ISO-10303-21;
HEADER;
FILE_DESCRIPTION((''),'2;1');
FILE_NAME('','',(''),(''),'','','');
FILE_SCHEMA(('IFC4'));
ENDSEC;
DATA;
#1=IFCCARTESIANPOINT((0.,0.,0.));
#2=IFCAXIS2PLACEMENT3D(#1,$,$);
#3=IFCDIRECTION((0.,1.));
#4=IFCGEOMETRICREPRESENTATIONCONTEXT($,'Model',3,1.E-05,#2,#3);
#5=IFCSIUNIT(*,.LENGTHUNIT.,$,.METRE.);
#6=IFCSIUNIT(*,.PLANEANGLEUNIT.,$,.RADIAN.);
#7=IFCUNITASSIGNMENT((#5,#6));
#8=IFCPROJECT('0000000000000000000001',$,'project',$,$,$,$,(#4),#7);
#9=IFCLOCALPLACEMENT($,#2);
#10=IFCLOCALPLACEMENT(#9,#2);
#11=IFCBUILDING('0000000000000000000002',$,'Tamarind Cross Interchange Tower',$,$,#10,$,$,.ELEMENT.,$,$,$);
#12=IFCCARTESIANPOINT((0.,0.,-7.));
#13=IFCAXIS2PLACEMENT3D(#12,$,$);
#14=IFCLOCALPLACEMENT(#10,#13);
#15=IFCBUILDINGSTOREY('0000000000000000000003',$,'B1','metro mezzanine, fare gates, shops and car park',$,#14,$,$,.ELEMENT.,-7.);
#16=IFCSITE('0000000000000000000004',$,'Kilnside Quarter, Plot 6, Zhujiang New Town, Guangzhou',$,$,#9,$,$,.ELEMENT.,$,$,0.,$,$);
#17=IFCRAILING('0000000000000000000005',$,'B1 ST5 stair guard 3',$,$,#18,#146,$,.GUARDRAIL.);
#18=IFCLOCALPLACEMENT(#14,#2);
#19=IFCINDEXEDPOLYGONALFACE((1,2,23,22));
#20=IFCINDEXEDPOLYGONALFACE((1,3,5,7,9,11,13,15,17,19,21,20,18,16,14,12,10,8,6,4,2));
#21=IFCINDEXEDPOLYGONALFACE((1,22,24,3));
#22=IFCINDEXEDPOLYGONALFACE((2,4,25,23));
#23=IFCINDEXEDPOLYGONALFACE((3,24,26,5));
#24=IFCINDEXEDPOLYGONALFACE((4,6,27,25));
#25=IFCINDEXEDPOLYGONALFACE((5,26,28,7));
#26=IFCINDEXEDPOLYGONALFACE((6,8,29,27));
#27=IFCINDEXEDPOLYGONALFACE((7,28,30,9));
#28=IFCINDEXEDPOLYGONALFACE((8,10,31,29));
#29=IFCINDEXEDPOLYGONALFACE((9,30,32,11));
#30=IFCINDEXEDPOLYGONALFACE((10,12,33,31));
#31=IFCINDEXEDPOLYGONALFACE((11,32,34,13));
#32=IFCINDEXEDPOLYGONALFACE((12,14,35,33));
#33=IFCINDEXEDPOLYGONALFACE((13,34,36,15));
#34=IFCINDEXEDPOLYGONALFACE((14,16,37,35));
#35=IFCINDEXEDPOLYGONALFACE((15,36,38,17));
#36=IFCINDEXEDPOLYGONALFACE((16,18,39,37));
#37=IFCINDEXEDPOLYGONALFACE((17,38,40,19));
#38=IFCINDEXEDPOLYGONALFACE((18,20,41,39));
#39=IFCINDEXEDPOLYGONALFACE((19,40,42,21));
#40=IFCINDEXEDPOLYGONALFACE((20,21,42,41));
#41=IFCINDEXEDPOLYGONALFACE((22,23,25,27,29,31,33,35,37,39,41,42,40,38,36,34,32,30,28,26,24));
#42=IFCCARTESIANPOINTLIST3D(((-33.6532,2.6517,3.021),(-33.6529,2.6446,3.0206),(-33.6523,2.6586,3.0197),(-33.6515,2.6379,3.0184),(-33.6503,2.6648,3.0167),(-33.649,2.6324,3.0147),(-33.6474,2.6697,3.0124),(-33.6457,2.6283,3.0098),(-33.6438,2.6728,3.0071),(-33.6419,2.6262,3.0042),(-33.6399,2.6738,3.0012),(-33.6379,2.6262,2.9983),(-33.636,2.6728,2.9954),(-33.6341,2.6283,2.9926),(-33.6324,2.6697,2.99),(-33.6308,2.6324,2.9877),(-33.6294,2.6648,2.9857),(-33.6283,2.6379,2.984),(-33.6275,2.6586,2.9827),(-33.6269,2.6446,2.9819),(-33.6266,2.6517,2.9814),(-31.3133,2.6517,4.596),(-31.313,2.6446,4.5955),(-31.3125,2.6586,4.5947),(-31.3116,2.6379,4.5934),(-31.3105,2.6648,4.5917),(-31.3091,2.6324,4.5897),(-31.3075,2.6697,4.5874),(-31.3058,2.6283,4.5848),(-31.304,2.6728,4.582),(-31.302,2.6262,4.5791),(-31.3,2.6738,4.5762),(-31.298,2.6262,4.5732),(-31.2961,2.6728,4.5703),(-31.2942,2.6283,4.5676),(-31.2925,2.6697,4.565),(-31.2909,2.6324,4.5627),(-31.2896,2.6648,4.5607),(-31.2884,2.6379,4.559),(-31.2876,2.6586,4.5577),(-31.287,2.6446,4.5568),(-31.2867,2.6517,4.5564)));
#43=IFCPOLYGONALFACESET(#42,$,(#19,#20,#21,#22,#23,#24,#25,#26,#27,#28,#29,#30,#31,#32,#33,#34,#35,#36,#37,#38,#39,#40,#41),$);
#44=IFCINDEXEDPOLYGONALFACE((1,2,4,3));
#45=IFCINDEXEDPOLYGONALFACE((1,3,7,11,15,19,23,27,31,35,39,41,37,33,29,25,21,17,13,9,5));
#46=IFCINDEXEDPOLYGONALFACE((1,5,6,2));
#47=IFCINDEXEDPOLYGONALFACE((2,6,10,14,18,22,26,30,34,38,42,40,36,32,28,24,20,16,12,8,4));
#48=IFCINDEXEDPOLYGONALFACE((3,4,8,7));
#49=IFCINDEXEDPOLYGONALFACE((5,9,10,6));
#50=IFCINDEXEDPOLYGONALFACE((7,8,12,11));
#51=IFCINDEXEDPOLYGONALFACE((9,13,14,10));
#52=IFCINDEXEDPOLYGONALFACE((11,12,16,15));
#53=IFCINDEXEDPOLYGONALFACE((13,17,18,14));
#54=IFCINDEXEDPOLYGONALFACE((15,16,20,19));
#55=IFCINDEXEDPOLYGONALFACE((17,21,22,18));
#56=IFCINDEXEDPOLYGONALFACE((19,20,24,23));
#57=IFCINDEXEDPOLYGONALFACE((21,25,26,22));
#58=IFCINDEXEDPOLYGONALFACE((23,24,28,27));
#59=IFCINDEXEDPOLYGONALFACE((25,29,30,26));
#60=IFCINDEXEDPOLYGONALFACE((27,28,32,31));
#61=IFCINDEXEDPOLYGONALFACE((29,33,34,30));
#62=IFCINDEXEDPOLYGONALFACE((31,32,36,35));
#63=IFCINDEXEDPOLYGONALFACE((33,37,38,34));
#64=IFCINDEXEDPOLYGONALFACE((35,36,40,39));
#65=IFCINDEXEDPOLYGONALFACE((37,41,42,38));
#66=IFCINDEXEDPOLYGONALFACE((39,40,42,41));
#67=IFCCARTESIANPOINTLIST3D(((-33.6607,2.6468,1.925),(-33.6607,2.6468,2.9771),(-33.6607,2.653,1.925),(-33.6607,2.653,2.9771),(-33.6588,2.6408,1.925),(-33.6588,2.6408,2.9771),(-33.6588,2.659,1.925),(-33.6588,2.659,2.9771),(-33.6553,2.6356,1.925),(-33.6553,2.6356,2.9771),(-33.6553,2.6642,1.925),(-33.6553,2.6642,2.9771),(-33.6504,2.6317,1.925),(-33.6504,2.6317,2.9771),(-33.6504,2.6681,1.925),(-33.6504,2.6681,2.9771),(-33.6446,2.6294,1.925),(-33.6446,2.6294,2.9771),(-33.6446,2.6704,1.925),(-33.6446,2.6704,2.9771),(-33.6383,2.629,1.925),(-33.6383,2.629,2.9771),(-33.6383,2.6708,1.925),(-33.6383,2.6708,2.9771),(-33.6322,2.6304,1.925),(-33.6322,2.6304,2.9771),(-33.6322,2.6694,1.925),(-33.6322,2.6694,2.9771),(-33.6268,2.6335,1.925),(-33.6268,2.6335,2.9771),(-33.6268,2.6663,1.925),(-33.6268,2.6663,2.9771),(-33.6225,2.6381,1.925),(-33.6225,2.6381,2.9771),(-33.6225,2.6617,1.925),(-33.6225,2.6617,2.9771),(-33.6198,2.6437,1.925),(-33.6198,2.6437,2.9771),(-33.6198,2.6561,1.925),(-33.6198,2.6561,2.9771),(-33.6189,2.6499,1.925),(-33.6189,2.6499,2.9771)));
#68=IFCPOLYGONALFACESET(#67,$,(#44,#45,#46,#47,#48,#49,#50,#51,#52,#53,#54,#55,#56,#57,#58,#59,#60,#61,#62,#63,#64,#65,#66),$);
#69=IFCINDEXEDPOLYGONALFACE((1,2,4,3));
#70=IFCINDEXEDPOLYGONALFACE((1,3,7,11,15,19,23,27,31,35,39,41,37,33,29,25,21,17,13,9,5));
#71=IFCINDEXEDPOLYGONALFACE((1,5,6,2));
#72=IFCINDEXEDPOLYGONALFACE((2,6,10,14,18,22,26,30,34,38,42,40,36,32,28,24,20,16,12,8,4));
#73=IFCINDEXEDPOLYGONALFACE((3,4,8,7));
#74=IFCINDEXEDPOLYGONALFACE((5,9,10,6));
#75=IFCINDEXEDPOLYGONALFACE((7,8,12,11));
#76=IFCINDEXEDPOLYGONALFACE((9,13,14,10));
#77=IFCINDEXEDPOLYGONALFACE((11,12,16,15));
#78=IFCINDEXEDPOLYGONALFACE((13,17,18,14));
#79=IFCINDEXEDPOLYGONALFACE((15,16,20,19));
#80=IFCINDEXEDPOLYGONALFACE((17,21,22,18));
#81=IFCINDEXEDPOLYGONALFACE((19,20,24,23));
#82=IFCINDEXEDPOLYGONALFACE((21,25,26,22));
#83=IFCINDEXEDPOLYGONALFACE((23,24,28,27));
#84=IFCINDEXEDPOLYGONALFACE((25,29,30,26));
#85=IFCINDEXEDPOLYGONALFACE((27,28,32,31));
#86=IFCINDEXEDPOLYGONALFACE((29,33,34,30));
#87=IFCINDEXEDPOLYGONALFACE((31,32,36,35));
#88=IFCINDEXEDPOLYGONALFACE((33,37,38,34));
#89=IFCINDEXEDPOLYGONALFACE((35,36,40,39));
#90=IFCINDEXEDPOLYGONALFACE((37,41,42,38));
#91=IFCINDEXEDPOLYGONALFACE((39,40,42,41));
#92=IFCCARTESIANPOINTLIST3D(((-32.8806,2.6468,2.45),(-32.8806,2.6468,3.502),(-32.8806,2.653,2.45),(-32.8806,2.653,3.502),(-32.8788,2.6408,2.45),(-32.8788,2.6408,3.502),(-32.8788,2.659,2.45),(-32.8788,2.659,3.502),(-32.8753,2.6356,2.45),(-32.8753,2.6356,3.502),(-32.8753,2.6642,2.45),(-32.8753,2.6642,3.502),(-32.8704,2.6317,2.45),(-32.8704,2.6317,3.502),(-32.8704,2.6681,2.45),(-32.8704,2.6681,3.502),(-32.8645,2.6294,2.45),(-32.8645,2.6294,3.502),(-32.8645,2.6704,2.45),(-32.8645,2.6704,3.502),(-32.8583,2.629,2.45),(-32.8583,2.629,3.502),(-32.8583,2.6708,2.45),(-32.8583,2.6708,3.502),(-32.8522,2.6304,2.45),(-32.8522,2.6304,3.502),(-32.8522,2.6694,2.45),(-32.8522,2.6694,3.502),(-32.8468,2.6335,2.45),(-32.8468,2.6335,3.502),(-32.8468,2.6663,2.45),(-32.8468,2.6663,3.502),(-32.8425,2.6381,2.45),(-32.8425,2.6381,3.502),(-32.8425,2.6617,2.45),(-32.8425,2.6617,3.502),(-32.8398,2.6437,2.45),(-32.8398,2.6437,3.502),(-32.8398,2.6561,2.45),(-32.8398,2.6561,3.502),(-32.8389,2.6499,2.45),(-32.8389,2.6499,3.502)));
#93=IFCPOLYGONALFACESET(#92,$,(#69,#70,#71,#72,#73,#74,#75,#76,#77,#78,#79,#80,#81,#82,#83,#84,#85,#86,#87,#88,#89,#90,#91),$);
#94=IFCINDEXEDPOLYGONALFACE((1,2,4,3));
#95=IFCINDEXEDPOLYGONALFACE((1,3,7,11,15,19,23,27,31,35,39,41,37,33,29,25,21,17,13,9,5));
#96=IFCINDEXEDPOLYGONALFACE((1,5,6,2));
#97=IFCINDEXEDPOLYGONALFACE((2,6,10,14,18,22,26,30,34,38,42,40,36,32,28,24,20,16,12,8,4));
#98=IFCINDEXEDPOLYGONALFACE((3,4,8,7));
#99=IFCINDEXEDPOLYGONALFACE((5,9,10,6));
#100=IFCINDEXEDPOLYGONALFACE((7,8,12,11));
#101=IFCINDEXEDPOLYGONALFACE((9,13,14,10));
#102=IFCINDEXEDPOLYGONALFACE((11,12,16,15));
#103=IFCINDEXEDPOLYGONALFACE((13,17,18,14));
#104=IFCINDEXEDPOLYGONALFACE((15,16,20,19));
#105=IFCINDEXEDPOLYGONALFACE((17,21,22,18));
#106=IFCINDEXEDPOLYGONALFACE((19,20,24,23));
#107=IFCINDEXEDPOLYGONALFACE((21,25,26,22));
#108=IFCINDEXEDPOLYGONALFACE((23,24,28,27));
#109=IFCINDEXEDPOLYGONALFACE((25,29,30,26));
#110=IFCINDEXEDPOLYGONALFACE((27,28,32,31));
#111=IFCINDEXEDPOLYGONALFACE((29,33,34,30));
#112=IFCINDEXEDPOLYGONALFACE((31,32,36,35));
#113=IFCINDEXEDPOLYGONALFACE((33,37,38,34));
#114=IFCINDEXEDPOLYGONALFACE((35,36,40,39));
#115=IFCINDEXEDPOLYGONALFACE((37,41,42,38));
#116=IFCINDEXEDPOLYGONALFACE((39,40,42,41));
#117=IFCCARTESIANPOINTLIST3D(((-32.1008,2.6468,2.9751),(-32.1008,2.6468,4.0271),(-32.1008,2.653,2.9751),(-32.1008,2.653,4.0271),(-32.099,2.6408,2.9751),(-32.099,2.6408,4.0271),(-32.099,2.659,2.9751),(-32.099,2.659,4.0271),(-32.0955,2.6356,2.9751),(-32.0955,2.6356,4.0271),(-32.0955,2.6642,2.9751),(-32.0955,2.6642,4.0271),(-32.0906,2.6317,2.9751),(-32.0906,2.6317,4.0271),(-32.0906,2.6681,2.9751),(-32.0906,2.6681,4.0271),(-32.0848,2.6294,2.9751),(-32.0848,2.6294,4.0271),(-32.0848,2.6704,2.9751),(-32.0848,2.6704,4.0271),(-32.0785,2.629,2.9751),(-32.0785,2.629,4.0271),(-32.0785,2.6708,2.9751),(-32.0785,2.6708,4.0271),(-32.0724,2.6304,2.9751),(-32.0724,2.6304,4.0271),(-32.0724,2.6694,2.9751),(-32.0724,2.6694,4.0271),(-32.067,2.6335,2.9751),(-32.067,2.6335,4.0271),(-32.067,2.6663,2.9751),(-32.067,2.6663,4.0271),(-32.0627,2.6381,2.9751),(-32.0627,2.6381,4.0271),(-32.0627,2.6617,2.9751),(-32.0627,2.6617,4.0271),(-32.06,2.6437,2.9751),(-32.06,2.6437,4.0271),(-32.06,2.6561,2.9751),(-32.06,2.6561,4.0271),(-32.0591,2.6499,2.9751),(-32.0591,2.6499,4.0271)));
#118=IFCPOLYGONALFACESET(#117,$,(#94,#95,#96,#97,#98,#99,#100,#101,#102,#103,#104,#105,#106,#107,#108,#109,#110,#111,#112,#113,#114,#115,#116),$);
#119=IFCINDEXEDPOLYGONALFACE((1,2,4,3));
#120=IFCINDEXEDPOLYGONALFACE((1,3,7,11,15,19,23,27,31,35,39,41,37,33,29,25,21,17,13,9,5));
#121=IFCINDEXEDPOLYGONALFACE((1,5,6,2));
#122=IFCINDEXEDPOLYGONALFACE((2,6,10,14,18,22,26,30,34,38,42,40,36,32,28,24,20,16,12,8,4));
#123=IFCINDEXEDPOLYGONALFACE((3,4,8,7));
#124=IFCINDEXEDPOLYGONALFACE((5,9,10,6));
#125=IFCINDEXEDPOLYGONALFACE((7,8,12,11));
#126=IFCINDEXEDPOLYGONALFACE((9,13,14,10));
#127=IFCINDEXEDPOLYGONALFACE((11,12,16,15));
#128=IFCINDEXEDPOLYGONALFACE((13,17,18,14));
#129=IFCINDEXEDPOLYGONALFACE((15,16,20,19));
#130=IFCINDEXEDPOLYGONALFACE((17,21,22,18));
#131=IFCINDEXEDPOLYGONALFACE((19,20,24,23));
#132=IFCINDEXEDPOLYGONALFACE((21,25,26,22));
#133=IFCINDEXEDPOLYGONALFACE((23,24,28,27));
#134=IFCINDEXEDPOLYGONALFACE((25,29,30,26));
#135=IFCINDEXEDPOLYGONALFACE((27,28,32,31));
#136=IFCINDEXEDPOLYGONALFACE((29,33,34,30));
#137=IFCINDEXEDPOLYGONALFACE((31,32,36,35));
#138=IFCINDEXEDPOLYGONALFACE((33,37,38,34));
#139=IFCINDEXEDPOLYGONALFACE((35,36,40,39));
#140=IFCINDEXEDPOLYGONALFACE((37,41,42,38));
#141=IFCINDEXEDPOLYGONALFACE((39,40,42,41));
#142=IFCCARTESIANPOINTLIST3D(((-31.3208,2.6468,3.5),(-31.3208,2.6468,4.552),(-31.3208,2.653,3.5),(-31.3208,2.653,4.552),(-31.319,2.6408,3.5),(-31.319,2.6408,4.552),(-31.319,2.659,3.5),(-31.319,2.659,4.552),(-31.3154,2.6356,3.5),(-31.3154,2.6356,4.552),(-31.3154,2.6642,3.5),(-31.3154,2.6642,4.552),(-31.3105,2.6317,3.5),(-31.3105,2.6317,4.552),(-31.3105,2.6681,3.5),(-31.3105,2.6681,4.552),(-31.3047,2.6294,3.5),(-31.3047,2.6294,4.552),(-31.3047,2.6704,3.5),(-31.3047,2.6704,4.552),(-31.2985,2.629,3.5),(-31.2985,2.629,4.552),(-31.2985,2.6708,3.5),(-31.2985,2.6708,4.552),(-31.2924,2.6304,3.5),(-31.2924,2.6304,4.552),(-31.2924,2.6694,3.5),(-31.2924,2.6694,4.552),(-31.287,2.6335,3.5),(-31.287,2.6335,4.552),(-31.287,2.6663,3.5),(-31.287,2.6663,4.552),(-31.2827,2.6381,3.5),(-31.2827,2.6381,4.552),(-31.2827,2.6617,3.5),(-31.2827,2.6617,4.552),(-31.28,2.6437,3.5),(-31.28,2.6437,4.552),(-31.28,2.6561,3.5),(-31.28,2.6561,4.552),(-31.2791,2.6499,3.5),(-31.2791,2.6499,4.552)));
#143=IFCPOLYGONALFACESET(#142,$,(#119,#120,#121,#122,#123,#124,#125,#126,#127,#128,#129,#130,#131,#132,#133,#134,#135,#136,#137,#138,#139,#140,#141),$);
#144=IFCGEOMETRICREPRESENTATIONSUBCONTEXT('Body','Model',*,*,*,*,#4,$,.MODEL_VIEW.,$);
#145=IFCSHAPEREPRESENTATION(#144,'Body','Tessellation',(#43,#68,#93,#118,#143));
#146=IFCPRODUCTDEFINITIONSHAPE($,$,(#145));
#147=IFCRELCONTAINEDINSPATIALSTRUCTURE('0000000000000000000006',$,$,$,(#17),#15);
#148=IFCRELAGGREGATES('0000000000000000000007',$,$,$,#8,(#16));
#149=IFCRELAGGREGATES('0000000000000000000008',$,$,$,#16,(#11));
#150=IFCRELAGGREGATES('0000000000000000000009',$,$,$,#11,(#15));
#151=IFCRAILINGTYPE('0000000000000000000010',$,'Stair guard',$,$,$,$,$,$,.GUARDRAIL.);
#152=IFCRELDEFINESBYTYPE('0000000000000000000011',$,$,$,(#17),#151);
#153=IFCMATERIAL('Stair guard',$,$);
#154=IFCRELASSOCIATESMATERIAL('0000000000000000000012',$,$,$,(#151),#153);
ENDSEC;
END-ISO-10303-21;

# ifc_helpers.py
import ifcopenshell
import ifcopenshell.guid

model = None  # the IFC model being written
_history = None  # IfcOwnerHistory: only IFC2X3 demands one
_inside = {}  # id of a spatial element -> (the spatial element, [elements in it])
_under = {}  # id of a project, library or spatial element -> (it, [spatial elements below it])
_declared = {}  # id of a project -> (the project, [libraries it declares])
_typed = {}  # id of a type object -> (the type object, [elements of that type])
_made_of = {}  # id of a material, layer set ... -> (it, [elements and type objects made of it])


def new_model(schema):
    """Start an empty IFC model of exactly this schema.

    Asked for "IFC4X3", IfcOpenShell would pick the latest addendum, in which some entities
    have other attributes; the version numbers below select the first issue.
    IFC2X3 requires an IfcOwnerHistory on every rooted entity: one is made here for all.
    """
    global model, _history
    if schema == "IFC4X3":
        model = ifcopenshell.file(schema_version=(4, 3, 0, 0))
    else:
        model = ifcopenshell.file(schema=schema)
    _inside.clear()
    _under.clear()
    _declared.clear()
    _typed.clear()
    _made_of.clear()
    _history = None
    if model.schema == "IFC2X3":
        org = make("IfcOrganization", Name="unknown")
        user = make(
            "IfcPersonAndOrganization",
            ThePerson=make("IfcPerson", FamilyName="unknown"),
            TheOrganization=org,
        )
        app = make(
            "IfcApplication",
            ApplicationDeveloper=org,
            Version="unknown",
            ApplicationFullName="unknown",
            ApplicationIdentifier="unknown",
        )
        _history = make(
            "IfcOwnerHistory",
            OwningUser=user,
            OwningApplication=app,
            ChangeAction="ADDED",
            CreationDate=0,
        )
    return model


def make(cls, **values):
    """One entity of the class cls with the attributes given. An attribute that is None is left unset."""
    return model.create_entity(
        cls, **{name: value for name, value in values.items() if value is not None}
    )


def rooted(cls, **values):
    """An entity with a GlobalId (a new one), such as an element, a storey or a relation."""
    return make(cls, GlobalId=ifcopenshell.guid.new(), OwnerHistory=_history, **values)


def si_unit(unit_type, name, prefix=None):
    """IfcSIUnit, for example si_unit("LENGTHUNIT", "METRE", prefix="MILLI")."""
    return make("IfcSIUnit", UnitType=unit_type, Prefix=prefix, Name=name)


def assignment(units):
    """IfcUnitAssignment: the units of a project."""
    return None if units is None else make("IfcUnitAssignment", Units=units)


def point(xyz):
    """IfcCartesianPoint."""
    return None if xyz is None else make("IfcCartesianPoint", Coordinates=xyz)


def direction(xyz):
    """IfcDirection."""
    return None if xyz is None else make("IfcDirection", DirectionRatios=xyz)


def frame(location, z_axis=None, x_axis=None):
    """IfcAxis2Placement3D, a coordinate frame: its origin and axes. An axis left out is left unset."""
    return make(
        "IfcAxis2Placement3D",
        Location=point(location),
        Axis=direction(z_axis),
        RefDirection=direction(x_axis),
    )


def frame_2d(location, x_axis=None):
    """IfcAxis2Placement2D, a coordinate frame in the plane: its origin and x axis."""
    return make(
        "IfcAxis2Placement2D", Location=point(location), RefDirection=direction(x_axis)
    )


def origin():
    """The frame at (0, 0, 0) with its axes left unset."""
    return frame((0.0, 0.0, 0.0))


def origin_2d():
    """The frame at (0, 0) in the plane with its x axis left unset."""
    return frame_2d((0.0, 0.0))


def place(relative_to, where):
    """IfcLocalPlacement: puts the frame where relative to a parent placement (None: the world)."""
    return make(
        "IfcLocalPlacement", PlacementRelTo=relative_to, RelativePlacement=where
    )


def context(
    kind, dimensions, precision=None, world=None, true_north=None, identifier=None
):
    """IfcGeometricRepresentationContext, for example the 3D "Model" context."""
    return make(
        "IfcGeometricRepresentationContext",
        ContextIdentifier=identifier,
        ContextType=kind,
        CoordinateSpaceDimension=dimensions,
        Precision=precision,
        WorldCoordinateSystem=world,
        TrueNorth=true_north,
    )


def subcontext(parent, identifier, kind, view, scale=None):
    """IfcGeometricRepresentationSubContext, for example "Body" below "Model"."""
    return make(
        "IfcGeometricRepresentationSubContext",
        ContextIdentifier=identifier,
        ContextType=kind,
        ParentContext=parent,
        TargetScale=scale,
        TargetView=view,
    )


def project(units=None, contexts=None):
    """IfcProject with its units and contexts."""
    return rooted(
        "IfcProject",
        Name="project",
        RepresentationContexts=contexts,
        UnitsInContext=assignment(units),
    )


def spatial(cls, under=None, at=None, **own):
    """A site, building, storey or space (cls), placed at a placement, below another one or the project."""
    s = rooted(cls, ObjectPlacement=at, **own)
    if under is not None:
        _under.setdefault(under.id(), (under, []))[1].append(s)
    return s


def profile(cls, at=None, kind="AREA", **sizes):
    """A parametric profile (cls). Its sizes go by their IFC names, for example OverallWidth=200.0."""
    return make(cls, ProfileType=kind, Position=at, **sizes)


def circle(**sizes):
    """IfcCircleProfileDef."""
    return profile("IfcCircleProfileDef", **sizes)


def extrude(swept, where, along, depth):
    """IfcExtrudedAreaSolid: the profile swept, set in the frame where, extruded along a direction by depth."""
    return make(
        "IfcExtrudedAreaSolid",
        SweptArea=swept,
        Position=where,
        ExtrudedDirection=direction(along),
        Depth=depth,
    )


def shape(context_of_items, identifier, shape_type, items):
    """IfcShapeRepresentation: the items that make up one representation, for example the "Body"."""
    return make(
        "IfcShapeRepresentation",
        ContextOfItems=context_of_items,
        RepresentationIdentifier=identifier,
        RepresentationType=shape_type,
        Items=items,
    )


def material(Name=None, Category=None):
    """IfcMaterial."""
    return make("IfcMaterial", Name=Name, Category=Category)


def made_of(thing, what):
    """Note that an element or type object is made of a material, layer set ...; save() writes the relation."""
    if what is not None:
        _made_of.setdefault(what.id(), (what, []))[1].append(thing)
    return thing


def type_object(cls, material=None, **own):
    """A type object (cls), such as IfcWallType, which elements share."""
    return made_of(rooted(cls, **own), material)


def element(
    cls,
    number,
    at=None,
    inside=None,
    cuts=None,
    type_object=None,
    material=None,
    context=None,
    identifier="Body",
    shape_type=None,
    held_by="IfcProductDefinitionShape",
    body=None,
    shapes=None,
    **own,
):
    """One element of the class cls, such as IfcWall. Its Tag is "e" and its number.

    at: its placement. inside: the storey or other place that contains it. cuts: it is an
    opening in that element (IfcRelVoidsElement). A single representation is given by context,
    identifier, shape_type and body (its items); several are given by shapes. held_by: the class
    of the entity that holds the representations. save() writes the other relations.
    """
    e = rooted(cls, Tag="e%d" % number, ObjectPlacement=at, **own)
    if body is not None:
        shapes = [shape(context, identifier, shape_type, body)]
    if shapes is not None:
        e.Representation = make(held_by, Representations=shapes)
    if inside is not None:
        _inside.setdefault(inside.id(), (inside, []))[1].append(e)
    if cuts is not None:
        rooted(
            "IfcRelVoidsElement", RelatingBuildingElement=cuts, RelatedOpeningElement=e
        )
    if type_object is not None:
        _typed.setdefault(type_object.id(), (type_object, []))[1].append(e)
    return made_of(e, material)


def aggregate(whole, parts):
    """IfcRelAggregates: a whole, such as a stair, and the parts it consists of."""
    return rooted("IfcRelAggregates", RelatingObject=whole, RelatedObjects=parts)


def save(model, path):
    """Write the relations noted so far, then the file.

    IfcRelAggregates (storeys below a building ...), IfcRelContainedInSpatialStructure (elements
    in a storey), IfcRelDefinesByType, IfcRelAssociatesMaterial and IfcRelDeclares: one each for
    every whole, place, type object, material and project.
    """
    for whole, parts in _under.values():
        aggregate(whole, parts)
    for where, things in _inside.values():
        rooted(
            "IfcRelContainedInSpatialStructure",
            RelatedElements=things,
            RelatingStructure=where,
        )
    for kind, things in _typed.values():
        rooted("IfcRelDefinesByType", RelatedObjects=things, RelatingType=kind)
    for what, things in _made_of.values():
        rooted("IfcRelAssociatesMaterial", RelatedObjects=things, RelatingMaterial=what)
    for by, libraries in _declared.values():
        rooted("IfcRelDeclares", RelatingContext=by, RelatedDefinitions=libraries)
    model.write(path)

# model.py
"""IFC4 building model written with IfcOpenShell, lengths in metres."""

from ifc_helpers import new_model, si_unit, direction, frame, origin, origin_2d, place, context, subcontext, project, spatial, circle, extrude, material, type_object, element, save


model = new_model("IFC4")

# Units and contexts
model_context = context("Model", 3, precision=1e-05, world=origin(), true_north=direction((0.0, 1.0)))
body_context = subcontext(model_context, "Body", "Model", "MODEL_VIEW")
ifc_project = project(units=[si_unit("LENGTHUNIT", "METRE"), si_unit("PLANEANGLEUNIT", "RADIAN")], contexts=[model_context])

# Site, building, storey
site_placement = place(None, origin())
site = spatial("IfcSite", under=ifc_project, at=site_placement, Name="Kilnside Quarter, Plot 6, Zhujiang New Town, Guangzhou", CompositionType="ELEMENT", RefElevation=0.0)
building_placement = place(site_placement, origin())
building = spatial("IfcBuilding", under=site, at=building_placement, Name="Tamarind Cross Interchange Tower", CompositionType="ELEMENT")
storey_placement = place(building_placement, frame((0.0, 0.0, -7.0)))
storey = spatial("IfcBuildingStorey", under=building, at=storey_placement, Name="B1", Description="metro mezzanine, fare gates, shops and car park", CompositionType="ELEMENT", Elevation=-7.0)

# Railing
ifc_material_1 = material(Name="Stair guard")
railing_type_1 = type_object("IfcRailingType", Name="Stair guard", PredefinedType="GUARDRAIL", material=ifc_material_1)
railing_1_placement = place(storey_placement, frame((-33.6399, 2.6499, 1.925)))
element("IfcRailing", 1, at=railing_1_placement, inside=storey, type_object=railing_type_1, Name="B1 ST5 stair guard 3", PredefinedType="GUARDRAIL", context=body_context, shape_type="SweptSolid", body=[
    extrude(circle(Radius=0.0239, at=origin_2d()), frame((0.0, 0.0, 1.0762), z_axis=(0.829578, 0.0, 0.55839), x_axis=(0.0, 1.0, 0.0)), (0.0, 0.0, 1.0), 2.8206),
    extrude(circle(Radius=0.021, at=origin_2d()), origin(), (0.0, 0.0, 1.0), 1.052),
    extrude(circle(Radius=0.021, at=origin_2d()), frame((0.78, 0.0, 0.5249)), (0.0, 0.0, 1.0), 1.052),
    extrude(circle(Radius=0.021, at=origin_2d()), frame((1.5598, 0.0, 1.05)), (0.0, 0.0, 1.0), 1.052),
    extrude(circle(Radius=0.021, at=origin_2d()), frame((2.3398, 0.0, 1.575)), (0.0, 0.0, 1.0), 1.052),
])

save(model, "model.ifc")
